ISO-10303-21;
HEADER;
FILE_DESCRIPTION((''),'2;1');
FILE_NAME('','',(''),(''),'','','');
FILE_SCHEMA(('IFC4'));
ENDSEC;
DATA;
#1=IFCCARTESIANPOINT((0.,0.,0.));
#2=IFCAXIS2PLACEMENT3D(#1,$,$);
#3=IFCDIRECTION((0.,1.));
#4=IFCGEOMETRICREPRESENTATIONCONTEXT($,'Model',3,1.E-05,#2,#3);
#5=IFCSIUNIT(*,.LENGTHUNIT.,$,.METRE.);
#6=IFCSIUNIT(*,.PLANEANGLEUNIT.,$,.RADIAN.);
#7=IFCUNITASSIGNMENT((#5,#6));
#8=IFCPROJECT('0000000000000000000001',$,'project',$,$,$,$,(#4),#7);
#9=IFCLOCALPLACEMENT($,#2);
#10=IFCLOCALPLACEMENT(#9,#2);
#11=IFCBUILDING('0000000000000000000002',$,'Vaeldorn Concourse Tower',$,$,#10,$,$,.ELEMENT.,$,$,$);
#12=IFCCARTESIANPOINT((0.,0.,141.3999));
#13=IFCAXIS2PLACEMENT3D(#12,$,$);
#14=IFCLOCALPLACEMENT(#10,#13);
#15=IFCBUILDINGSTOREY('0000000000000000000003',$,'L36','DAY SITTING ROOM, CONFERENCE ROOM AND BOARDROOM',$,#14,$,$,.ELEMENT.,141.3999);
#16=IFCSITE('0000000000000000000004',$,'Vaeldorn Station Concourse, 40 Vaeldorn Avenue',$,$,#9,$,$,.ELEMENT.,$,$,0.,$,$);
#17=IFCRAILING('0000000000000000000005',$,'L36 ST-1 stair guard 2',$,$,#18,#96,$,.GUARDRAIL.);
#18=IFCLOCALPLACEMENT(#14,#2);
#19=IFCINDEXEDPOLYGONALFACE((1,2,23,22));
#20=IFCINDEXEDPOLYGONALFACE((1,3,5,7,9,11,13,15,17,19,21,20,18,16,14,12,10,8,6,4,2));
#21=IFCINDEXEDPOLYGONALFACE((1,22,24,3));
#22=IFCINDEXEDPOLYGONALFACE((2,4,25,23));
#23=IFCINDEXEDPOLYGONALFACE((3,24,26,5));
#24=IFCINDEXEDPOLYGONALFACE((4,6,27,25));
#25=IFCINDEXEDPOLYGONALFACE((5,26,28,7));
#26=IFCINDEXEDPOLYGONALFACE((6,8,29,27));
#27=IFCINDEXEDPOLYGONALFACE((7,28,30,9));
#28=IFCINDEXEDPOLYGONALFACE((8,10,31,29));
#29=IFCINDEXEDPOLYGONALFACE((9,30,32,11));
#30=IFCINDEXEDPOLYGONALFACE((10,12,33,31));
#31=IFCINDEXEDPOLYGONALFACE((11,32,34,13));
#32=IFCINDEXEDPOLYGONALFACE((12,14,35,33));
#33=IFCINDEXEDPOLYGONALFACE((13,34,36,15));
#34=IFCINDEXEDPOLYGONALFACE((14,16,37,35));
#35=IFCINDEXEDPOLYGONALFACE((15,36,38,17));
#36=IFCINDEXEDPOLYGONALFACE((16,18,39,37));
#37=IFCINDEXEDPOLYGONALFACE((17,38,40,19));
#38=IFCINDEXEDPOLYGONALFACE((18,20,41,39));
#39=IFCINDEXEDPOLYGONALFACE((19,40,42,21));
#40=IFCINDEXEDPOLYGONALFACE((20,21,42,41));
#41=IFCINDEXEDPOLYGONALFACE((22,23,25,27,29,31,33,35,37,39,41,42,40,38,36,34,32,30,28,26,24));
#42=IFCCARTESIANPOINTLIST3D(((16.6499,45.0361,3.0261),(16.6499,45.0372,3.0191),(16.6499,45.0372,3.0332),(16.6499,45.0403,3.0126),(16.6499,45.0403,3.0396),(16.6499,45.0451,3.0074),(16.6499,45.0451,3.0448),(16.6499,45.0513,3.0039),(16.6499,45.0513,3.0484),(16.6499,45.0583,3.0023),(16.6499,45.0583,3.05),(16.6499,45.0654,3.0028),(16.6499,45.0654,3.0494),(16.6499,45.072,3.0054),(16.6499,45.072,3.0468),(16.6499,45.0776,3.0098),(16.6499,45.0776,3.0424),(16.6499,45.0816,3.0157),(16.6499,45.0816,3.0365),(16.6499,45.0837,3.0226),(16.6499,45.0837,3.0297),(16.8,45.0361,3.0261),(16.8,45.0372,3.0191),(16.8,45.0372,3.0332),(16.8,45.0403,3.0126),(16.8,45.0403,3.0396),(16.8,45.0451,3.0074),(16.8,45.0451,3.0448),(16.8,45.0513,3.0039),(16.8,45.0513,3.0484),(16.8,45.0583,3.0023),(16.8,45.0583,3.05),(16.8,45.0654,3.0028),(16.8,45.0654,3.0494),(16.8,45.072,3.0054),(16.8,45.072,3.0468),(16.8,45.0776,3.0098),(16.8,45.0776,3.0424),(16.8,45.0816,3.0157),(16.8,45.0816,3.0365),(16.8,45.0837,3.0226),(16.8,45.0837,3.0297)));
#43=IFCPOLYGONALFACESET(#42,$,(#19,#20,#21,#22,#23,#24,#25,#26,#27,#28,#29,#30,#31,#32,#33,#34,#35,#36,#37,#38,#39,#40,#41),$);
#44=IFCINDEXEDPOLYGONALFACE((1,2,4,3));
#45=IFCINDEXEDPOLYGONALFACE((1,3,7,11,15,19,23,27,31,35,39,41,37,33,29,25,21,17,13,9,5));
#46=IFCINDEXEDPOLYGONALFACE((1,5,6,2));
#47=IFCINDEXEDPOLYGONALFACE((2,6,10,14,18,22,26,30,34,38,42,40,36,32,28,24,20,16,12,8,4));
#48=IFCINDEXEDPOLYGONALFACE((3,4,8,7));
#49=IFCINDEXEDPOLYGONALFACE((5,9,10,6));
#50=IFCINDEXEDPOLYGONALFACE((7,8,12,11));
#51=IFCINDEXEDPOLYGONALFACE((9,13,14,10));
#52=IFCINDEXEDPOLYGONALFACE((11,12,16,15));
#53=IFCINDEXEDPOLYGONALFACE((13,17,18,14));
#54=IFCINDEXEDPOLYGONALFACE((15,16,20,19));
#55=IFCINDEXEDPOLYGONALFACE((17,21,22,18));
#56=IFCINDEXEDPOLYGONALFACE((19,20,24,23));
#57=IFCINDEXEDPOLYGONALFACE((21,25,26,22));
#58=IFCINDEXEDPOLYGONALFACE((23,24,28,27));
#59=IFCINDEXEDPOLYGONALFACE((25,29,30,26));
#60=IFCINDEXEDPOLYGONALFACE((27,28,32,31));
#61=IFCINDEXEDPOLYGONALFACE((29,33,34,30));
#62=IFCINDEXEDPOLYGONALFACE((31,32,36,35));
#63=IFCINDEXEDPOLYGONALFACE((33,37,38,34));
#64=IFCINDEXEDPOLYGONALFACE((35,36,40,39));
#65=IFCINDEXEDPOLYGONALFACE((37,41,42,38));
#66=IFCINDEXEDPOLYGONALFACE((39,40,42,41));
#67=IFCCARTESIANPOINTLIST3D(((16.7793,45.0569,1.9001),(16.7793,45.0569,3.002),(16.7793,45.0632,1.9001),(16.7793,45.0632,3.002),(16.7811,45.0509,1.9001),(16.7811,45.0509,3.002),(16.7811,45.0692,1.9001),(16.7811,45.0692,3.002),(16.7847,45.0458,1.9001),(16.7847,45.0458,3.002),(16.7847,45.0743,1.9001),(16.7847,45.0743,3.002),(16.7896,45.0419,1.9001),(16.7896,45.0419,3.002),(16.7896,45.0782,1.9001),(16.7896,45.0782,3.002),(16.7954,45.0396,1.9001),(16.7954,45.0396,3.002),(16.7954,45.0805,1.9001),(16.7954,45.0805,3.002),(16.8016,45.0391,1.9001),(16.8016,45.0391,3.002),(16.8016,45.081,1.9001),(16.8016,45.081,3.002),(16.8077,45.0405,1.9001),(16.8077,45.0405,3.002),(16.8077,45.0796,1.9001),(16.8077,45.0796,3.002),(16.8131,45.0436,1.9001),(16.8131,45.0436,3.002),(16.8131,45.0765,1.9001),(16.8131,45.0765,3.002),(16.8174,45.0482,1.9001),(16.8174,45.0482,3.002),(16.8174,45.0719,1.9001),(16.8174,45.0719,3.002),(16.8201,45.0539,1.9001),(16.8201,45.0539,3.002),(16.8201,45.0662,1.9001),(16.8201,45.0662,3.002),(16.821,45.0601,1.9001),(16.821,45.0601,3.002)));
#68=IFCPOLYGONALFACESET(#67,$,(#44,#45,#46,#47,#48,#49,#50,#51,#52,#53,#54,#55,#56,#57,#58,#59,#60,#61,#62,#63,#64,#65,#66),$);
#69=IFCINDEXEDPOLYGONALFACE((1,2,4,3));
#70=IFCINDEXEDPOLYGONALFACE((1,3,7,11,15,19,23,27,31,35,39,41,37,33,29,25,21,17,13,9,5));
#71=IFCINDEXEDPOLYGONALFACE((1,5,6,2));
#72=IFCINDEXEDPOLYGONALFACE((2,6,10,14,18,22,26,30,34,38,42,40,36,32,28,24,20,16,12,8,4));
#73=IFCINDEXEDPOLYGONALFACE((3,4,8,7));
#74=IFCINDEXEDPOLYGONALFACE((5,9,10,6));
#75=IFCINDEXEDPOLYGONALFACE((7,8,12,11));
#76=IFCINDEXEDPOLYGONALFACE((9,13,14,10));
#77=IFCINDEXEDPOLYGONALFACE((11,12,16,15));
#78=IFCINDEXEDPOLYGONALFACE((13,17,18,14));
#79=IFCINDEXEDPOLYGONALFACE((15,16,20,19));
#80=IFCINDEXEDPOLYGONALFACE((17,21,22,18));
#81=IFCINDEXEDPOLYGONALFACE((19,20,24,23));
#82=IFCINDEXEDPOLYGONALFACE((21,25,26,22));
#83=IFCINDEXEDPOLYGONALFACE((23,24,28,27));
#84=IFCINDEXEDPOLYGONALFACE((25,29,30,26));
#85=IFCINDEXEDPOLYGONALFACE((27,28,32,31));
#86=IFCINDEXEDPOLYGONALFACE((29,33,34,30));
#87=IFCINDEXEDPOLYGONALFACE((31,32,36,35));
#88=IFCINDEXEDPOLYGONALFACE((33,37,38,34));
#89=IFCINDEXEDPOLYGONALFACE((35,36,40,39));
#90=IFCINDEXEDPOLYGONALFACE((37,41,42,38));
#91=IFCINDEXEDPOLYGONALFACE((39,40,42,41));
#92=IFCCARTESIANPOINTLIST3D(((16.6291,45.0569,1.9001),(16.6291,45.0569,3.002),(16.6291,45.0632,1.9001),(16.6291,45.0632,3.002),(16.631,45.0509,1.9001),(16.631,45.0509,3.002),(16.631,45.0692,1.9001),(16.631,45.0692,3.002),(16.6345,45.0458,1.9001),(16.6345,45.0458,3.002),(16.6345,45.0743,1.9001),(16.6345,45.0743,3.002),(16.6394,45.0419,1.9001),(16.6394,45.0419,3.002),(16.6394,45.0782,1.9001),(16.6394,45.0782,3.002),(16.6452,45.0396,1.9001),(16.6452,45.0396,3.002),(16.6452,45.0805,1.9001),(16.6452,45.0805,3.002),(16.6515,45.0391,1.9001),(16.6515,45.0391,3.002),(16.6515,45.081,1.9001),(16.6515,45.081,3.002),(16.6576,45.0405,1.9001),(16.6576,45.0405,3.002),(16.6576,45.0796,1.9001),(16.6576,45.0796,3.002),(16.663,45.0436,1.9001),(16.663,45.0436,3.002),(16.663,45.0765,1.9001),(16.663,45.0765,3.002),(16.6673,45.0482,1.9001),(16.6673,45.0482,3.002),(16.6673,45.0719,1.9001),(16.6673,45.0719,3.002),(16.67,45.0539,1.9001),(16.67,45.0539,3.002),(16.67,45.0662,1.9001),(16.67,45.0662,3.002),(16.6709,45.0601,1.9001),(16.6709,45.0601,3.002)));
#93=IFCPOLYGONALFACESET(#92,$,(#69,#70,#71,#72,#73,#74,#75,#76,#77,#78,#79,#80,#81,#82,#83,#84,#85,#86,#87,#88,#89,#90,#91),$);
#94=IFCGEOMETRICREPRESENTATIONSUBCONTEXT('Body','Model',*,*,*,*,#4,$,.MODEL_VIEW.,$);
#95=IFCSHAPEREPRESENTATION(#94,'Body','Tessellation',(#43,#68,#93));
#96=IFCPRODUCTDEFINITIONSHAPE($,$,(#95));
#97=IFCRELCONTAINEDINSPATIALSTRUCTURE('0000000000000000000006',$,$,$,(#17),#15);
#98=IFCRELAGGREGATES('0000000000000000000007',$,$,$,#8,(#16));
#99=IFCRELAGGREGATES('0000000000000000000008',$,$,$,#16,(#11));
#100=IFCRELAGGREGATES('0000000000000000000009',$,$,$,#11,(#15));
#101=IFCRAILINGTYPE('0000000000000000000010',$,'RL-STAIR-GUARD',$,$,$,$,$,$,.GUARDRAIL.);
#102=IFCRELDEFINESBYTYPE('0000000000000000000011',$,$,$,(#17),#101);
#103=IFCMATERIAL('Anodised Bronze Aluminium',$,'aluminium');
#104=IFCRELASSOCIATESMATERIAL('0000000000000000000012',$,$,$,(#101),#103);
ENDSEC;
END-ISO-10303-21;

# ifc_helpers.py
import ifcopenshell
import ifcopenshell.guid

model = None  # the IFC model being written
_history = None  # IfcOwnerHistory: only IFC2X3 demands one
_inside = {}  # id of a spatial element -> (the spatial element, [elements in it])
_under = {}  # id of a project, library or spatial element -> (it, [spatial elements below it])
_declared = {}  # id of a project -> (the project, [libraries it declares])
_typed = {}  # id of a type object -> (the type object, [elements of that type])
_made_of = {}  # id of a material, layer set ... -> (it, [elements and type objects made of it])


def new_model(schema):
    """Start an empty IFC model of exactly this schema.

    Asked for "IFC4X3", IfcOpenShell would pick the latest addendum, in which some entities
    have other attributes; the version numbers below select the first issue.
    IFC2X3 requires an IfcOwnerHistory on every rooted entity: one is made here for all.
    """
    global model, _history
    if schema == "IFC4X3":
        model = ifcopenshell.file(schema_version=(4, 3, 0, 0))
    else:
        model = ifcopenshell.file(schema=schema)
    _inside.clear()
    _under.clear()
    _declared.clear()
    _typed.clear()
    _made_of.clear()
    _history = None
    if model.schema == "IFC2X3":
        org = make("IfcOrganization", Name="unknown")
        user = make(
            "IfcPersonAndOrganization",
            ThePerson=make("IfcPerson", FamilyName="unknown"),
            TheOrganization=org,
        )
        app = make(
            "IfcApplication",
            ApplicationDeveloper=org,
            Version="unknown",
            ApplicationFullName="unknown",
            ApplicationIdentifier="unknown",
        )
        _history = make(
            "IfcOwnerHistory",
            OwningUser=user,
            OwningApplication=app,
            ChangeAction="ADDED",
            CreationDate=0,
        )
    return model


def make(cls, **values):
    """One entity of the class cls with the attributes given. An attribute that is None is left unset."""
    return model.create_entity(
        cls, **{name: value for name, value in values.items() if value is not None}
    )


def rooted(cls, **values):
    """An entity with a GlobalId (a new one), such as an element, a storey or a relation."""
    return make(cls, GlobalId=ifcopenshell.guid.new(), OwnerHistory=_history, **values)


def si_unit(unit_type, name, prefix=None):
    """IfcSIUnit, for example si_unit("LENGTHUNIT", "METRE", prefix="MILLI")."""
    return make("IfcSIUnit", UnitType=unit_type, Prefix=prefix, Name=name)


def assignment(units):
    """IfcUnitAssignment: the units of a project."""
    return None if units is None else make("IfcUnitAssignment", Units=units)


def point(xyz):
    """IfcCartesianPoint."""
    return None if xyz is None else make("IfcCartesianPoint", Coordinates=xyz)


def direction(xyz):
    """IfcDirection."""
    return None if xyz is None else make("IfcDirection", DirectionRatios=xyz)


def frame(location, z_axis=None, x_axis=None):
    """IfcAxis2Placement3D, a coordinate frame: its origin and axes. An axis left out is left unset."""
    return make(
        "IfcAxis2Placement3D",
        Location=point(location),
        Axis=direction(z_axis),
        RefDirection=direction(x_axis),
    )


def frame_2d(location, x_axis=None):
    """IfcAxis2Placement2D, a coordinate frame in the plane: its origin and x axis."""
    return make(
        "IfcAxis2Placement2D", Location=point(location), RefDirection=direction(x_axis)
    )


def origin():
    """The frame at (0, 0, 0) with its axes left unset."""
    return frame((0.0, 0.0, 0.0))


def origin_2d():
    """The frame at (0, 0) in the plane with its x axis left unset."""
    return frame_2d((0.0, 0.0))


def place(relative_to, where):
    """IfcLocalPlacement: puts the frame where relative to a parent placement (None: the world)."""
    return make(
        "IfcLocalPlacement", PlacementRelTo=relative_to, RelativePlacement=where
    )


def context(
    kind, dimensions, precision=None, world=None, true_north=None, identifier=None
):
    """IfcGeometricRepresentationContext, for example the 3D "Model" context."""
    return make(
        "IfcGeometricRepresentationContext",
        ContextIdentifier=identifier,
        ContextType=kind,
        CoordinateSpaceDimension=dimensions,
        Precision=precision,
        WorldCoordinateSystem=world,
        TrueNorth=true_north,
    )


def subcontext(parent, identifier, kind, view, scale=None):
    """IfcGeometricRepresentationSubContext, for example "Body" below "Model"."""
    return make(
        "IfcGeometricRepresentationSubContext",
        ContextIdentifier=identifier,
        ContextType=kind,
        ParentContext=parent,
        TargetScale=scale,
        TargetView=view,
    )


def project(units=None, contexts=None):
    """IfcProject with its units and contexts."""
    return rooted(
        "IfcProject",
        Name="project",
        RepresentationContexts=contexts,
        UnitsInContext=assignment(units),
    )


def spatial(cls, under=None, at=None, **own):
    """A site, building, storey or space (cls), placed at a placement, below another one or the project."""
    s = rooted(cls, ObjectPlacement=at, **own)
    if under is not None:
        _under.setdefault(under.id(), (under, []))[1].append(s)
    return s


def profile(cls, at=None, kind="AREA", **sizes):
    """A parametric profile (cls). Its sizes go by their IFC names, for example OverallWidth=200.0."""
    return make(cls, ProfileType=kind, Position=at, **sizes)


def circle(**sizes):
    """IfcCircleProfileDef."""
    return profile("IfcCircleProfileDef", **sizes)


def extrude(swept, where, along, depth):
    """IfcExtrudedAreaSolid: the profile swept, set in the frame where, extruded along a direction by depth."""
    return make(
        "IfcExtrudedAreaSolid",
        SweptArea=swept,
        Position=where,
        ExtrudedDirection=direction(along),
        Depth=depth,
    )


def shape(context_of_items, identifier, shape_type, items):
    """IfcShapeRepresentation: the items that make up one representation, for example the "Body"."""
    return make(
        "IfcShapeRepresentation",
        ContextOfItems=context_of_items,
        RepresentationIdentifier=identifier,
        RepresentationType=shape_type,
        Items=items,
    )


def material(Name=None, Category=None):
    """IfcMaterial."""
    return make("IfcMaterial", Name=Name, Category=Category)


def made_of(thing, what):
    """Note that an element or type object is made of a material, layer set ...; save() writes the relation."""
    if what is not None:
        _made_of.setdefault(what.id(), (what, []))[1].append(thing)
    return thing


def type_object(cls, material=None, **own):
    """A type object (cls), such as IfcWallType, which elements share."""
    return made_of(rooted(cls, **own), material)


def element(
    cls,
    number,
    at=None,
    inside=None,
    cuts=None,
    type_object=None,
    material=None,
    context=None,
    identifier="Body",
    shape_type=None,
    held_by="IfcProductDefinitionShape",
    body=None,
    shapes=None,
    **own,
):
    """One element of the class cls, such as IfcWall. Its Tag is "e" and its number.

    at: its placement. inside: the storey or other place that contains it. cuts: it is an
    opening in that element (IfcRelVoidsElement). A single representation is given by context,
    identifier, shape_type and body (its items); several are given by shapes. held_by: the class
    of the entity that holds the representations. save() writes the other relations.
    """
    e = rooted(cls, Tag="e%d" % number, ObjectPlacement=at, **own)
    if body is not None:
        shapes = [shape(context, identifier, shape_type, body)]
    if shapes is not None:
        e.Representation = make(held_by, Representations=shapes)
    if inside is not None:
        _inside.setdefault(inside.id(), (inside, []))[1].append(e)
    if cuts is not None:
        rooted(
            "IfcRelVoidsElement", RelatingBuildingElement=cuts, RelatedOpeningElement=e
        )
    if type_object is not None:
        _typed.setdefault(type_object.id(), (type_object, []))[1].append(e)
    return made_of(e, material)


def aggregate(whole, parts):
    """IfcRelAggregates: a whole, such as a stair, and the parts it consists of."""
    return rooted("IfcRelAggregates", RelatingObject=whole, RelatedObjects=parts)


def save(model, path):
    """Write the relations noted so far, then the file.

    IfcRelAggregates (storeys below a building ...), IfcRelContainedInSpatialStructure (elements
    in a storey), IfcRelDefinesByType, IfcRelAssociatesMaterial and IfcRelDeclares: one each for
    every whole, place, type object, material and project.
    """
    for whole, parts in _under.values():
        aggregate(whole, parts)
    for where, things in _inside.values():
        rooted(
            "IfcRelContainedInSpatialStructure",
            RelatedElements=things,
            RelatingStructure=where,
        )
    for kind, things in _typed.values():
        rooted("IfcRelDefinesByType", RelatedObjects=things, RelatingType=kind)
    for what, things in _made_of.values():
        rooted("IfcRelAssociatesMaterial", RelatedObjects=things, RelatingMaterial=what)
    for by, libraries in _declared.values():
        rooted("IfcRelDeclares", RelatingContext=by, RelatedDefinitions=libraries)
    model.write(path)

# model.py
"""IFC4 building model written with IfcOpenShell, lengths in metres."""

from ifc_helpers import new_model, si_unit, direction, frame, origin, origin_2d, place, context, subcontext, project, spatial, circle, extrude, material, type_object, element, save


model = new_model("IFC4")

# Units and contexts
model_context = context("Model", 3, precision=1e-05, world=origin(), true_north=direction((0.0, 1.0)))
body_context = subcontext(model_context, "Body", "Model", "MODEL_VIEW")
ifc_project = project(units=[si_unit("LENGTHUNIT", "METRE"), si_unit("PLANEANGLEUNIT", "RADIAN")], contexts=[model_context])

# Site, building, storey
site_placement = place(None, origin())
site = spatial("IfcSite", under=ifc_project, at=site_placement, Name="Vaeldorn Station Concourse, 40 Vaeldorn Avenue", CompositionType="ELEMENT", RefElevation=0.0)
building_placement = place(site_placement, origin())
building = spatial("IfcBuilding", under=site, at=building_placement, Name="Vaeldorn Concourse Tower", CompositionType="ELEMENT")
storey_placement = place(building_placement, frame((0.0, 0.0, 141.3999)))
storey = spatial("IfcBuildingStorey", under=building, at=storey_placement, Name="L36", Description="DAY SITTING ROOM, CONFERENCE ROOM AND BOARDROOM", CompositionType="ELEMENT", Elevation=141.3999)

# Shared definitions
ifc_material_1 = material(Name="Anodised Bronze Aluminium", Category="aluminium")

# Railing
railing_type_1 = type_object("IfcRailingType", Name="RL-STAIR-GUARD", PredefinedType="GUARDRAIL", material=ifc_material_1)
railing_1_placement = place(storey_placement, frame((16.8, 45.0601, 1.9001)))
element("IfcRailing", 1, at=railing_1_placement, inside=storey, type_object=railing_type_1, Name="L36 ST-1 stair guard 2", PredefinedType="GUARDRAIL", context=body_context, shape_type="SweptSolid", body=[
    extrude(circle(Radius=0.0239, at=origin_2d()), frame((0.0, 0.0, 1.126), z_axis=(-1.0, 0.0, 0.0), x_axis=(0.0, -1.0, 0.0)), (0.0, 0.0, 1.0), 0.1501),
    extrude(circle(Radius=0.021, at=origin_2d()), origin(), (0.0, 0.0, 1.0), 1.1018),
    extrude(circle(Radius=0.021, at=origin_2d()), frame((-0.1501, 0.0, 0.0)), (0.0, 0.0, 1.0), 1.1018),
])

save(model, "model.ifc")
